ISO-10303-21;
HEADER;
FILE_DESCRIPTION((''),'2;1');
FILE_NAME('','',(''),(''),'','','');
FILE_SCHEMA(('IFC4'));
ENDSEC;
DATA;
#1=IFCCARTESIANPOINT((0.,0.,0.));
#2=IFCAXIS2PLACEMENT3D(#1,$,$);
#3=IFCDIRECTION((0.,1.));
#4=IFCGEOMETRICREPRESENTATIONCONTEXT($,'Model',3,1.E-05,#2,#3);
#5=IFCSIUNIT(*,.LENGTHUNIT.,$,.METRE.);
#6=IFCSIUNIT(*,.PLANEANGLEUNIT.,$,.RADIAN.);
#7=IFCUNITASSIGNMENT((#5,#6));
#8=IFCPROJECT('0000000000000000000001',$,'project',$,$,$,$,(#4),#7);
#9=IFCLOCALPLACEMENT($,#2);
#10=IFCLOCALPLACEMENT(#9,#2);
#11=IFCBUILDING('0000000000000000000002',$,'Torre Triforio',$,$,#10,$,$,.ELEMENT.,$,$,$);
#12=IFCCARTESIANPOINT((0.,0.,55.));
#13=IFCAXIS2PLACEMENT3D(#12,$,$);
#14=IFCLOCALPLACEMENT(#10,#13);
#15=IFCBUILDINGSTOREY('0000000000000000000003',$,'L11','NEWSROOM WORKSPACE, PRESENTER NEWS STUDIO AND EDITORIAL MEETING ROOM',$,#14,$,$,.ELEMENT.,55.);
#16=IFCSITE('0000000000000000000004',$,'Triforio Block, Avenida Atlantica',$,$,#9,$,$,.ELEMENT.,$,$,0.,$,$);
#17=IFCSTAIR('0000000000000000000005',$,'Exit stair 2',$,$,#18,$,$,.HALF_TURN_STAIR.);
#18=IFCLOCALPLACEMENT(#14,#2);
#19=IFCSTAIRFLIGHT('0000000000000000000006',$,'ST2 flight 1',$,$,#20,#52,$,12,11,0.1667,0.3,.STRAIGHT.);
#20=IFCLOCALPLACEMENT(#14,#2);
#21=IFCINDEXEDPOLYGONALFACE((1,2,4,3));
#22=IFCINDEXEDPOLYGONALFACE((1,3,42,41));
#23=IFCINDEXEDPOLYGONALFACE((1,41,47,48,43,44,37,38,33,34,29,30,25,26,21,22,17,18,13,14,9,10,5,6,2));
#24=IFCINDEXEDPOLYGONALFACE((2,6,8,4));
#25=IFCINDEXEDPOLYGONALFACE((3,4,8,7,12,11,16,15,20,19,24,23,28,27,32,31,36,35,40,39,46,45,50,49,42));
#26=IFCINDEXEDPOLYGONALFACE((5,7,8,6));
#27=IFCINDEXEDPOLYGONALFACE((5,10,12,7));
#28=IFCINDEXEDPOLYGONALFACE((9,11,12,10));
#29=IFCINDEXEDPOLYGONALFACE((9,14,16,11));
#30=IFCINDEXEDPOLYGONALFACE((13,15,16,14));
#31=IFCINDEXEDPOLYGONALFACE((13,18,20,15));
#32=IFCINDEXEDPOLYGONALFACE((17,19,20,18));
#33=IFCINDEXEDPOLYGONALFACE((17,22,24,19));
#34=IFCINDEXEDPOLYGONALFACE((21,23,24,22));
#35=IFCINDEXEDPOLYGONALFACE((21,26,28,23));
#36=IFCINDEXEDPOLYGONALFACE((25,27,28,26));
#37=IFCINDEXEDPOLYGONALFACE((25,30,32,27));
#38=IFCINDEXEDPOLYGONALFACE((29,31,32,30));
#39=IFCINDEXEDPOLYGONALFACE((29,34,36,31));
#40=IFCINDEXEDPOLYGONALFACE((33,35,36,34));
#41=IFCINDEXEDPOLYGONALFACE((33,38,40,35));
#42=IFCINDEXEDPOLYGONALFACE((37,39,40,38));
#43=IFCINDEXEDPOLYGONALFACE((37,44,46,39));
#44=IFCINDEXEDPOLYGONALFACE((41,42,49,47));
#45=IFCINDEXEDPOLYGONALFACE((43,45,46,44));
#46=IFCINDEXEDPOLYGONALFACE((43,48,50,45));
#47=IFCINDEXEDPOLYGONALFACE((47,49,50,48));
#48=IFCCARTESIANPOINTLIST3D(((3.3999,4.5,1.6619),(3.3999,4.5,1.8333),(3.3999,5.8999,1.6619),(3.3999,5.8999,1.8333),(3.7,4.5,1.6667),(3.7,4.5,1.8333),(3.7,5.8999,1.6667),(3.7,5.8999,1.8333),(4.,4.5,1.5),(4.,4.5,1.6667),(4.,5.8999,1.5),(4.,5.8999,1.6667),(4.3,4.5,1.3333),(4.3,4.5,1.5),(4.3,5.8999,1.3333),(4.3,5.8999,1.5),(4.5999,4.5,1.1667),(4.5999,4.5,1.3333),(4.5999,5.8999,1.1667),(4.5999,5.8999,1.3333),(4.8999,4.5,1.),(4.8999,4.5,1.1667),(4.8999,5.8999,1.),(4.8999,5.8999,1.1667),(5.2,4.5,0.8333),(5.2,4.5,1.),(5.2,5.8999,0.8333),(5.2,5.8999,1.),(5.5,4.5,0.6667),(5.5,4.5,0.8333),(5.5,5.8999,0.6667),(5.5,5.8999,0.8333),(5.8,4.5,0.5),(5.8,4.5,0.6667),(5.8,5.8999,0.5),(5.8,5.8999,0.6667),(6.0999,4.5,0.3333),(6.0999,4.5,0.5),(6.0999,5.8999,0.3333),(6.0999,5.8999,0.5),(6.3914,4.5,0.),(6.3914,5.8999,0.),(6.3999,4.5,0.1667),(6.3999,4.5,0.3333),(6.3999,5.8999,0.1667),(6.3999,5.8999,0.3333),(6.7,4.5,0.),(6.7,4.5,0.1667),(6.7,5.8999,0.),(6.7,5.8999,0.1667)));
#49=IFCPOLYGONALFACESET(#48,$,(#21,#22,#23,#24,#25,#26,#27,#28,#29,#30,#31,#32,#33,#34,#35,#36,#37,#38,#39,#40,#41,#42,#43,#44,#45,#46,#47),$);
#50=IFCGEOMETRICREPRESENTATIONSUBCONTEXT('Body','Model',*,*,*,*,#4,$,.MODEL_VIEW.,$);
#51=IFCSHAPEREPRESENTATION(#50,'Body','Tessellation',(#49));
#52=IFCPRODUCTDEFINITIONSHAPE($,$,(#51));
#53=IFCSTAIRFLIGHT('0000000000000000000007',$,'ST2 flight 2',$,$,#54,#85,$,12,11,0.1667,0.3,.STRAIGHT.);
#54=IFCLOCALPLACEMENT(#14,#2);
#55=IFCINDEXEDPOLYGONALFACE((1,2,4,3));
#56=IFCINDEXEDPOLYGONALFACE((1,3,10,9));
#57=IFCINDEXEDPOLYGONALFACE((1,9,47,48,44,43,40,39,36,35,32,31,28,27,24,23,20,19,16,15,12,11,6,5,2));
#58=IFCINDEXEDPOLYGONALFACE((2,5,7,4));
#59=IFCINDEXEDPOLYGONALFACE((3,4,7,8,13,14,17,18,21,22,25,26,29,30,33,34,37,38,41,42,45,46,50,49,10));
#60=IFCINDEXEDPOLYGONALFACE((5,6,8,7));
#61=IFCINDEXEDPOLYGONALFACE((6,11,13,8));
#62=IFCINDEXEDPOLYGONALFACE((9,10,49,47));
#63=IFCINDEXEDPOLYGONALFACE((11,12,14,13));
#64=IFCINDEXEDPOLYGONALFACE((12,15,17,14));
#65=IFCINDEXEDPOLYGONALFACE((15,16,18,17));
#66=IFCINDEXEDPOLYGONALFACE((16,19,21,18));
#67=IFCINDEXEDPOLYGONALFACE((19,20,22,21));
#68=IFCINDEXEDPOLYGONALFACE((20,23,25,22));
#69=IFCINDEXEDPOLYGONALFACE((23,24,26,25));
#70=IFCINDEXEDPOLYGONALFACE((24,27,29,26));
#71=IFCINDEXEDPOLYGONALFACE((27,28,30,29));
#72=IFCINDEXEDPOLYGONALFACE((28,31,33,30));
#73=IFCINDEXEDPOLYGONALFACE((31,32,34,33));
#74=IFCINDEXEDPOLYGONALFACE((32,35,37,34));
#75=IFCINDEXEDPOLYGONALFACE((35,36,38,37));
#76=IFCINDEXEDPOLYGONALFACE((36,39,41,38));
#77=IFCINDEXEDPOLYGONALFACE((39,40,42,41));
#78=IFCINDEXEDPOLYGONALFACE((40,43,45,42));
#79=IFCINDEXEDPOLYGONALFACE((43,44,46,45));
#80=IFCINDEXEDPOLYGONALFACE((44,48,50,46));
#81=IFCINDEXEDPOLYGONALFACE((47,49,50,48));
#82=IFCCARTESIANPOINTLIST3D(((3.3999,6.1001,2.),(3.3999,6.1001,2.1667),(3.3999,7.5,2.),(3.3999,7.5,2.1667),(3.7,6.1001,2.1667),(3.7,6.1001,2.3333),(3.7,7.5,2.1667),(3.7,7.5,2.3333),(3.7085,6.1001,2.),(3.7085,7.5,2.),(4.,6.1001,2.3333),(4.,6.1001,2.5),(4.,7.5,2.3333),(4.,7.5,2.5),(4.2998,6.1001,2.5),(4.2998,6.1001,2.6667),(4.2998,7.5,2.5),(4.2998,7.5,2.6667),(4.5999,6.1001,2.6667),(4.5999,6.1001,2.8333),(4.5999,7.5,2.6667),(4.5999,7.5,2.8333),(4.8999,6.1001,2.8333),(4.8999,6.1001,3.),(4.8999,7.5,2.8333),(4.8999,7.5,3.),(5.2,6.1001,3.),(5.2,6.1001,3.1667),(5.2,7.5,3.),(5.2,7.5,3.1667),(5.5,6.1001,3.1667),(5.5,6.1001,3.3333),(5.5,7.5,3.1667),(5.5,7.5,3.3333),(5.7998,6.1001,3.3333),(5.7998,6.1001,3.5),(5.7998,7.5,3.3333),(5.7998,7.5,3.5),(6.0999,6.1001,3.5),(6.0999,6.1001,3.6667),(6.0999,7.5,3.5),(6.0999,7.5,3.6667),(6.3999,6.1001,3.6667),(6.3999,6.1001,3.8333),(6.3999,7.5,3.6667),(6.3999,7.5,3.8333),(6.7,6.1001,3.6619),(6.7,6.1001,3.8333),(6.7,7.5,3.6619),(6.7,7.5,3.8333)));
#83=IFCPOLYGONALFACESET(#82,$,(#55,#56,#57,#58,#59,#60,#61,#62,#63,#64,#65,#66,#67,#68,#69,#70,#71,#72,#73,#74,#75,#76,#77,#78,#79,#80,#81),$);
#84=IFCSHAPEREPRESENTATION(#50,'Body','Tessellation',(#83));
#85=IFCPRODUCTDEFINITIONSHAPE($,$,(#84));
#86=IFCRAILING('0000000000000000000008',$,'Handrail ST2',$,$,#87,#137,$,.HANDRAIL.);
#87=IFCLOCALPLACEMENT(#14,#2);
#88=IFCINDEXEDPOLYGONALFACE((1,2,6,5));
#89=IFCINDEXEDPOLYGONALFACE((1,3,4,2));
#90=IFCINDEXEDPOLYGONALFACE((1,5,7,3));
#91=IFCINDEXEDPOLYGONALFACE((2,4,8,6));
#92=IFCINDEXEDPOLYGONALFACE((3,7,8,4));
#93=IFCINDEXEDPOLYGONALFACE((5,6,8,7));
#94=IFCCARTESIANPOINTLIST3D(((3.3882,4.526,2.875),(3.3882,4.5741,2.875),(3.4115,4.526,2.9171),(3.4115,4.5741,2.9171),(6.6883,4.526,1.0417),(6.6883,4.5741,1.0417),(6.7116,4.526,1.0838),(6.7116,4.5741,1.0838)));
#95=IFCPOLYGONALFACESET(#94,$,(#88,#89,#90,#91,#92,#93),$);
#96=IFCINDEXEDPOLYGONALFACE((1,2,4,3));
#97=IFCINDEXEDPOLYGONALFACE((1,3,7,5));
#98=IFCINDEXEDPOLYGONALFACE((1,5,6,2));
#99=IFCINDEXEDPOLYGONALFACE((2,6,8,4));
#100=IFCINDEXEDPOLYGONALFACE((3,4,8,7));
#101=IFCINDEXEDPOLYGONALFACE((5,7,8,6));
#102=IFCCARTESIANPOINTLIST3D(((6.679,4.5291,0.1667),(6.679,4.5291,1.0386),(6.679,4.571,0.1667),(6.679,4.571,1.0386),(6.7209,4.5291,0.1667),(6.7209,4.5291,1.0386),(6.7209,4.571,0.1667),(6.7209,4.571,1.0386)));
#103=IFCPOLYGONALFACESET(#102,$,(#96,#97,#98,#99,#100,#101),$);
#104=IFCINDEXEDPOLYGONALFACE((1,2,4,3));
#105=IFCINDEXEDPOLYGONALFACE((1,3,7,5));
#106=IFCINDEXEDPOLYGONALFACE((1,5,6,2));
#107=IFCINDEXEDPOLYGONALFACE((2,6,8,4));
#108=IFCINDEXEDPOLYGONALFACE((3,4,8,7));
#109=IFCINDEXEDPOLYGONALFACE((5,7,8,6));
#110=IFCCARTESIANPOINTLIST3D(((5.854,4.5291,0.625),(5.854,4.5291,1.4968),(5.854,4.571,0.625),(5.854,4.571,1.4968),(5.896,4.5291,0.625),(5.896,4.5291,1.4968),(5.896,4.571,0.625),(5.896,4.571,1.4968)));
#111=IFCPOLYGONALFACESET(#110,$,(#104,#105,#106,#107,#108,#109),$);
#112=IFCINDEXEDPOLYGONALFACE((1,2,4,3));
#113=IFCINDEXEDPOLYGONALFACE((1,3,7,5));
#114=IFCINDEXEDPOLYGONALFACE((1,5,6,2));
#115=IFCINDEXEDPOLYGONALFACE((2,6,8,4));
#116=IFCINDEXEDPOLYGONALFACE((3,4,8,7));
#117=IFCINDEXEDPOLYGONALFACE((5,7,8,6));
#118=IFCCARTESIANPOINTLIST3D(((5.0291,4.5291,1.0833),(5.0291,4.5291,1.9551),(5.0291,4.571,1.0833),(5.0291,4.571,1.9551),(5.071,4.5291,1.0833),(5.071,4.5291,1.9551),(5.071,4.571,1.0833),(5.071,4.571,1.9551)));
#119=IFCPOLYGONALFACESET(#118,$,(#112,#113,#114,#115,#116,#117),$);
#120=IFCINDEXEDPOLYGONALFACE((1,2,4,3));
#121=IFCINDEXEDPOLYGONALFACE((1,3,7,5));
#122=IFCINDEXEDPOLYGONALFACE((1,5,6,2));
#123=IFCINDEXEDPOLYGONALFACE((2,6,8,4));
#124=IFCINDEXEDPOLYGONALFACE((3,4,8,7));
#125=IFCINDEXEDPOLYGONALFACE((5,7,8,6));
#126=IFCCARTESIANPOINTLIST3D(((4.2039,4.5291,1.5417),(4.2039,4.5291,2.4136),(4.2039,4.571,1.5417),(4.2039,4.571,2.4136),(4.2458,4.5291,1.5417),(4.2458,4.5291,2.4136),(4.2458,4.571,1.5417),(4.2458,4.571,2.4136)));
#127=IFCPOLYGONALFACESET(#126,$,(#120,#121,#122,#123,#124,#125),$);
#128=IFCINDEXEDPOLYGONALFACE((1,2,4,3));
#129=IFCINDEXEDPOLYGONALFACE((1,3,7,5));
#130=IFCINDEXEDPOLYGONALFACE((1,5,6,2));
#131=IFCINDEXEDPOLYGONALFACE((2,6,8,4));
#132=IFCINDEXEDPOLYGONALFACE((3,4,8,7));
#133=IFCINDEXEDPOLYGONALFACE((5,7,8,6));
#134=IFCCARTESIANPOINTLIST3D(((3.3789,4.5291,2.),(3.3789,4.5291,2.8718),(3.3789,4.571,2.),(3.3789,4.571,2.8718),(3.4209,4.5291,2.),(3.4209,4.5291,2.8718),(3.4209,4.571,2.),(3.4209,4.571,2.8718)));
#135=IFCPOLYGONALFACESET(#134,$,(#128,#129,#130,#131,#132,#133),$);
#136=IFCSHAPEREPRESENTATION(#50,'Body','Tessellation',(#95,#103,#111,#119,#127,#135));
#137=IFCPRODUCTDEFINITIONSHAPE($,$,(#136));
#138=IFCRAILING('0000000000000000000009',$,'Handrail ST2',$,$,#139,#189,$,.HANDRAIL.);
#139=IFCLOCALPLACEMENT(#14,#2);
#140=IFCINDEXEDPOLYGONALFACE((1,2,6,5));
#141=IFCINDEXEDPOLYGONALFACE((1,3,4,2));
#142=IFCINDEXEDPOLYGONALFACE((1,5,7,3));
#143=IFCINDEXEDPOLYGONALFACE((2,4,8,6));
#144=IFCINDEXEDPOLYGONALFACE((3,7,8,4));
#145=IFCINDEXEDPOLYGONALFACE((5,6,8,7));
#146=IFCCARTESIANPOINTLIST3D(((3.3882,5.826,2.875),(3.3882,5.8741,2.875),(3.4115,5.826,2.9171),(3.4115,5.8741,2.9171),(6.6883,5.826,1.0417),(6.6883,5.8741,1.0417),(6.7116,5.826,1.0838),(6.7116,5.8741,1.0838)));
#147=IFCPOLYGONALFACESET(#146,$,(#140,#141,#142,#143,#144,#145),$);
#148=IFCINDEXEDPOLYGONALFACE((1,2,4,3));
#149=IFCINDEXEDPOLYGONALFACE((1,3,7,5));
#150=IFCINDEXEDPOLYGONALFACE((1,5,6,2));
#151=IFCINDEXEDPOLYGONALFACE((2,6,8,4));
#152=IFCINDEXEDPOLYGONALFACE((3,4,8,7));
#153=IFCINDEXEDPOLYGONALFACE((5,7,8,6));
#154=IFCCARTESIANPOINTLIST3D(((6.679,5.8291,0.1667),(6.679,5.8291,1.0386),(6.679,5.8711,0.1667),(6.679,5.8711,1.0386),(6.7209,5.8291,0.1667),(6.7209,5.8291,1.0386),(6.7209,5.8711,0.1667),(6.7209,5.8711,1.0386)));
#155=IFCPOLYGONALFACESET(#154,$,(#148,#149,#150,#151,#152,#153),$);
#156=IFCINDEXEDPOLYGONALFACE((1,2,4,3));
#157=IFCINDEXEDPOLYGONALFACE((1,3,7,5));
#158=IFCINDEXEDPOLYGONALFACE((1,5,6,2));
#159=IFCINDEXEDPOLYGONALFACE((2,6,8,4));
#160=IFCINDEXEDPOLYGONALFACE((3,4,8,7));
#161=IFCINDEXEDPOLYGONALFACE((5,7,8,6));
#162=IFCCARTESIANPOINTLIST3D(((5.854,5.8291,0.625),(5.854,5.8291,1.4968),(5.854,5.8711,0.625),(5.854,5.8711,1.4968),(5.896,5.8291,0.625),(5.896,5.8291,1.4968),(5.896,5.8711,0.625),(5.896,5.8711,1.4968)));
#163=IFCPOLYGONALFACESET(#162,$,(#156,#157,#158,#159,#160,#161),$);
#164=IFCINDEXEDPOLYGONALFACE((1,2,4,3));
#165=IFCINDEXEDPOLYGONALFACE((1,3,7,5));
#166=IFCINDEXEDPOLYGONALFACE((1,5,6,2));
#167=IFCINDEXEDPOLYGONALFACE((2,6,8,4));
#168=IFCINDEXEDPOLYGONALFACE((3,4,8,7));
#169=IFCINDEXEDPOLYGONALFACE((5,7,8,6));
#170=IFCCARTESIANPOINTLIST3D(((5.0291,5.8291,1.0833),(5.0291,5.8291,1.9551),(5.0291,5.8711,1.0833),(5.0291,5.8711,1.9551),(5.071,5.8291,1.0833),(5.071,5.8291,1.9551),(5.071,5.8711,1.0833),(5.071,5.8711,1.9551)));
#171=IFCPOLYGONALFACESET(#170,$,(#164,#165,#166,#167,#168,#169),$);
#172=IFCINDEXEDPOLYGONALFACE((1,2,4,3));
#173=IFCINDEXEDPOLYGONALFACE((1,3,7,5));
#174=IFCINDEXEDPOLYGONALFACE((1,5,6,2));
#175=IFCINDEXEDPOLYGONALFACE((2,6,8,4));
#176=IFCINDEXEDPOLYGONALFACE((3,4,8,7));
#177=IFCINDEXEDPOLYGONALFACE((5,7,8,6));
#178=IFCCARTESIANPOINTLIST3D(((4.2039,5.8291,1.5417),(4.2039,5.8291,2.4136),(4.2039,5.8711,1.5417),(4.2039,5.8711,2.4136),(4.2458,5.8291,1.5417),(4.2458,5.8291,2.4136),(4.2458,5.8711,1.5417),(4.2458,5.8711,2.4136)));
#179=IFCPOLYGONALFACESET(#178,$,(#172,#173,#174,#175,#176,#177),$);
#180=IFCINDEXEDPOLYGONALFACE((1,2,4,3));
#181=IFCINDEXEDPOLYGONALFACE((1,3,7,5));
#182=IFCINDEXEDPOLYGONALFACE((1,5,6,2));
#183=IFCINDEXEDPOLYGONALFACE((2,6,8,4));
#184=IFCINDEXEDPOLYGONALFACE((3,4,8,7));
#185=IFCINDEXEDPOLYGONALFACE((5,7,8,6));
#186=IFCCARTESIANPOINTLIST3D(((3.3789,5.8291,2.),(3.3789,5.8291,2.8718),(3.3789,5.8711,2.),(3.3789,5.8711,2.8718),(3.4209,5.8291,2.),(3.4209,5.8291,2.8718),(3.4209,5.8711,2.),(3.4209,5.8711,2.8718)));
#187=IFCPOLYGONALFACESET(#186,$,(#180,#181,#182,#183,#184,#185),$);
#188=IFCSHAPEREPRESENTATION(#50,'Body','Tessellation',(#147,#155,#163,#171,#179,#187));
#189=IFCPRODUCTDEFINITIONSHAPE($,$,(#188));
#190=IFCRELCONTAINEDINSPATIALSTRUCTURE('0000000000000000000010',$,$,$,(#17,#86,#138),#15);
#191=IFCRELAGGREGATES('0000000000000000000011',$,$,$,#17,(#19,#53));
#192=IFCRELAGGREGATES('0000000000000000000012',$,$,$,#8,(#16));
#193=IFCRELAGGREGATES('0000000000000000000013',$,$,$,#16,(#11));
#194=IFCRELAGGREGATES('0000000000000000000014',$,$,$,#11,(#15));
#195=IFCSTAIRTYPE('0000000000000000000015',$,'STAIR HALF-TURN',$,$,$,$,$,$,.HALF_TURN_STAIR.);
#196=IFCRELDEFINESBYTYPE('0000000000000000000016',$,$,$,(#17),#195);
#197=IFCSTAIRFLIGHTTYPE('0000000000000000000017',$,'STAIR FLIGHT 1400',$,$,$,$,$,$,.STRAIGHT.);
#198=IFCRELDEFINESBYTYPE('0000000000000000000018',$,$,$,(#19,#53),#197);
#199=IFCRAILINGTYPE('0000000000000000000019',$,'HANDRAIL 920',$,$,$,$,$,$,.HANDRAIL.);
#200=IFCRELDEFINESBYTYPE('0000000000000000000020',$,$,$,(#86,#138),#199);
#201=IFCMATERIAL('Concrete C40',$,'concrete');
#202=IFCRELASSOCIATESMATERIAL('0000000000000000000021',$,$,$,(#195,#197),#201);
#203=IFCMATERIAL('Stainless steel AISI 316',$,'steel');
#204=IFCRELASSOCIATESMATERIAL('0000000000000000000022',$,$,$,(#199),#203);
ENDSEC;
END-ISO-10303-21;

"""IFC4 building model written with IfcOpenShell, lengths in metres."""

from ifc_helpers import new_model, si_unit, direction, frame, origin, origin_2d, place, context, subcontext, project, spatial, polyline, rectangle, outline, extrude, material, type_object, element, aggregate, save


model = new_model("IFC4")

# Units and contexts
model_context = context("Model", 3, precision=1e-05, world=origin(), true_north=direction((0.0, 1.0)))
body_context = subcontext(model_context, "Body", "Model", "MODEL_VIEW")
ifc_project = project(units=[si_unit("LENGTHUNIT", "METRE"), si_unit("PLANEANGLEUNIT", "RADIAN")], contexts=[model_context])

# Site, building, storey
site_placement = place(None, origin())
site = spatial("IfcSite", under=ifc_project, at=site_placement, Name="Triforio Block, Avenida Atlantica", CompositionType="ELEMENT", RefElevation=0.0)
building_placement = place(site_placement, origin())
building = spatial("IfcBuilding", under=site, at=building_placement, Name="Torre Triforio", CompositionType="ELEMENT")
storey_placement = place(building_placement, frame((0.0, 0.0, 55.0)))
storey = spatial("IfcBuildingStorey", under=building, at=storey_placement, Name="L11", Description="NEWSROOM WORKSPACE, PRESENTER NEWS STUDIO AND EDITORIAL MEETING ROOM", CompositionType="ELEMENT", Elevation=55.0)

# Stair, stair flights
ifc_material_1 = material(Name="Concrete C40", Category="concrete")
stair_type = type_object("IfcStairType", Name="STAIR HALF-TURN", PredefinedType="HALF_TURN_STAIR", material=ifc_material_1)
stair_placement = place(storey_placement, origin())
stair = element("IfcStair", 1, at=stair_placement, inside=storey, type_object=stair_type, Name="Exit stair 2", PredefinedType="HALF_TURN_STAIR")
stair_flight_type = type_object("IfcStairFlightType", Name="STAIR FLIGHT 1400", PredefinedType="STRAIGHT", material=ifc_material_1)
stair_flight_1_placement = place(storey_placement, frame((6.7, 5.2, 0.0), z_axis=(0.0, 0.0, 1.0), x_axis=(-1.0, 0.0, 0.0)))
stair_flight_1 = element("IfcStairFlight", 2, at=stair_flight_1_placement, type_object=stair_flight_type, Name="ST2 flight 1", NumberOfRisers=12, NumberOfTreads=11, PredefinedType="STRAIGHT", RiserHeight=0.1667, TreadLength=0.3, context=body_context, shape_type="SweptSolid", body=[
    extrude(outline(polyline([(0.0, 0.0), (0.0, 0.1667), (0.3, 0.1667), (0.3, 0.3333), (0.6001, 0.3333), (0.6001, 0.5), (0.8999, 0.5), (0.8999, 0.6667), (1.2, 0.6667), (1.2, 0.8333), (1.5, 0.8333), (1.5, 1.0), (1.8, 1.0), (1.8, 1.1667), (2.1001, 1.1667), (2.1001, 1.3333), (2.3999, 1.3333), (2.3999, 1.5), (2.7, 1.5), (2.7, 1.6667), (3.0, 1.6667), (3.0, 1.8333), (3.3, 1.8333), (3.3, 2.0), (3.3, 1.6619), (0.3086, 0.0), (0.0, 0.0)])), frame((0.0, 0.7, 0.0), z_axis=(0.0, -1.0, 0.0), x_axis=(1.0, 0.0, 0.0)), (0.0, 0.0, 1.0), 1.3999),
])
stair_flight_2_placement = place(storey_placement, frame((3.3999, 6.8, 2.0), z_axis=(0.0, 0.0, 1.0), x_axis=(1.0, 0.0, 0.0)))
stair_flight_2 = element("IfcStairFlight", 3, at=stair_flight_2_placement, type_object=stair_flight_type, Name="ST2 flight 2", NumberOfRisers=12, NumberOfTreads=11, PredefinedType="STRAIGHT", RiserHeight=0.1667, TreadLength=0.3, context=body_context, shape_type="SweptSolid", body=[
    extrude(outline(polyline([(0.0, 0.0), (0.0, 0.1667), (0.3, 0.1667), (0.3, 0.3333), (0.6001, 0.3333), (0.6001, 0.5), (0.8999, 0.5), (0.8999, 0.6667), (1.2, 0.6667), (1.2, 0.8333), (1.5, 0.8333), (1.5, 1.0), (1.8, 1.0), (1.8, 1.1667), (2.1001, 1.1667), (2.1001, 1.3333), (2.3999, 1.3333), (2.3999, 1.5), (2.7, 1.5), (2.7, 1.6667), (3.0, 1.6667), (3.0, 1.8333), (3.3, 1.8333), (3.3, 2.0), (3.3, 1.6619), (0.3086, 0.0), (0.0, 0.0)])), frame((0.0, 0.7, 0.0), z_axis=(0.0, -1.0, 0.0), x_axis=(1.0, 0.0, 0.0)), (0.0, 0.0, 1.0), 1.3999),
])
aggregate(stair, [stair_flight_1, stair_flight_2])

# Railings
ifc_material_2 = material(Name="Stainless steel AISI 316", Category="steel")
railing_type = type_object("IfcRailingType", Name="HANDRAIL 920", PredefinedType="HANDRAIL", material=ifc_material_2)
for number, where, name in (
    (4, (6.7, 4.55, 0.1667), "Handrail ST2"),
    (5, (6.7, 5.8501, 0.1667), "Handrail ST2"),
):
    element("IfcRailing", number, at=place(storey_placement, frame(where)), inside=storey, type_object=railing_type, Name=name, PredefinedType="HANDRAIL", context=body_context, shape_type="SweptSolid", body=[
        extrude(rectangle(XDim=0.0481, YDim=0.0481, at=origin_2d()), frame((0.0, 0.0, 0.896), z_axis=(-0.874169, 0.0, 0.485621), x_axis=(0.0, -1.0, 0.0)), (0.0, 0.0, 1.0), 3.7751),
        extrude(rectangle(XDim=0.042, YDim=0.042, at=origin_2d()), origin(), (0.0, 0.0, 1.0), 0.8718),
        extrude(rectangle(XDim=0.042, YDim=0.042, at=origin_2d()), frame((-0.825, 0.0, 0.4583)), (0.0, 0.0, 1.0), 0.8718),
        extrude(rectangle(XDim=0.042, YDim=0.042, at=origin_2d()), frame((-1.6499, 0.0, 0.9165)), (0.0, 0.0, 1.0), 0.8718),
        extrude(rectangle(XDim=0.042, YDim=0.042, at=origin_2d()), frame((-2.4751, 0.0, 1.375)), (0.0, 0.0, 1.0), 0.8718),
        extrude(rectangle(XDim=0.042, YDim=0.042, at=origin_2d()), frame((-3.3, 0.0, 1.8333)), (0.0, 0.0, 1.0), 0.8718),
    ])

save(model, "model.ifc")
